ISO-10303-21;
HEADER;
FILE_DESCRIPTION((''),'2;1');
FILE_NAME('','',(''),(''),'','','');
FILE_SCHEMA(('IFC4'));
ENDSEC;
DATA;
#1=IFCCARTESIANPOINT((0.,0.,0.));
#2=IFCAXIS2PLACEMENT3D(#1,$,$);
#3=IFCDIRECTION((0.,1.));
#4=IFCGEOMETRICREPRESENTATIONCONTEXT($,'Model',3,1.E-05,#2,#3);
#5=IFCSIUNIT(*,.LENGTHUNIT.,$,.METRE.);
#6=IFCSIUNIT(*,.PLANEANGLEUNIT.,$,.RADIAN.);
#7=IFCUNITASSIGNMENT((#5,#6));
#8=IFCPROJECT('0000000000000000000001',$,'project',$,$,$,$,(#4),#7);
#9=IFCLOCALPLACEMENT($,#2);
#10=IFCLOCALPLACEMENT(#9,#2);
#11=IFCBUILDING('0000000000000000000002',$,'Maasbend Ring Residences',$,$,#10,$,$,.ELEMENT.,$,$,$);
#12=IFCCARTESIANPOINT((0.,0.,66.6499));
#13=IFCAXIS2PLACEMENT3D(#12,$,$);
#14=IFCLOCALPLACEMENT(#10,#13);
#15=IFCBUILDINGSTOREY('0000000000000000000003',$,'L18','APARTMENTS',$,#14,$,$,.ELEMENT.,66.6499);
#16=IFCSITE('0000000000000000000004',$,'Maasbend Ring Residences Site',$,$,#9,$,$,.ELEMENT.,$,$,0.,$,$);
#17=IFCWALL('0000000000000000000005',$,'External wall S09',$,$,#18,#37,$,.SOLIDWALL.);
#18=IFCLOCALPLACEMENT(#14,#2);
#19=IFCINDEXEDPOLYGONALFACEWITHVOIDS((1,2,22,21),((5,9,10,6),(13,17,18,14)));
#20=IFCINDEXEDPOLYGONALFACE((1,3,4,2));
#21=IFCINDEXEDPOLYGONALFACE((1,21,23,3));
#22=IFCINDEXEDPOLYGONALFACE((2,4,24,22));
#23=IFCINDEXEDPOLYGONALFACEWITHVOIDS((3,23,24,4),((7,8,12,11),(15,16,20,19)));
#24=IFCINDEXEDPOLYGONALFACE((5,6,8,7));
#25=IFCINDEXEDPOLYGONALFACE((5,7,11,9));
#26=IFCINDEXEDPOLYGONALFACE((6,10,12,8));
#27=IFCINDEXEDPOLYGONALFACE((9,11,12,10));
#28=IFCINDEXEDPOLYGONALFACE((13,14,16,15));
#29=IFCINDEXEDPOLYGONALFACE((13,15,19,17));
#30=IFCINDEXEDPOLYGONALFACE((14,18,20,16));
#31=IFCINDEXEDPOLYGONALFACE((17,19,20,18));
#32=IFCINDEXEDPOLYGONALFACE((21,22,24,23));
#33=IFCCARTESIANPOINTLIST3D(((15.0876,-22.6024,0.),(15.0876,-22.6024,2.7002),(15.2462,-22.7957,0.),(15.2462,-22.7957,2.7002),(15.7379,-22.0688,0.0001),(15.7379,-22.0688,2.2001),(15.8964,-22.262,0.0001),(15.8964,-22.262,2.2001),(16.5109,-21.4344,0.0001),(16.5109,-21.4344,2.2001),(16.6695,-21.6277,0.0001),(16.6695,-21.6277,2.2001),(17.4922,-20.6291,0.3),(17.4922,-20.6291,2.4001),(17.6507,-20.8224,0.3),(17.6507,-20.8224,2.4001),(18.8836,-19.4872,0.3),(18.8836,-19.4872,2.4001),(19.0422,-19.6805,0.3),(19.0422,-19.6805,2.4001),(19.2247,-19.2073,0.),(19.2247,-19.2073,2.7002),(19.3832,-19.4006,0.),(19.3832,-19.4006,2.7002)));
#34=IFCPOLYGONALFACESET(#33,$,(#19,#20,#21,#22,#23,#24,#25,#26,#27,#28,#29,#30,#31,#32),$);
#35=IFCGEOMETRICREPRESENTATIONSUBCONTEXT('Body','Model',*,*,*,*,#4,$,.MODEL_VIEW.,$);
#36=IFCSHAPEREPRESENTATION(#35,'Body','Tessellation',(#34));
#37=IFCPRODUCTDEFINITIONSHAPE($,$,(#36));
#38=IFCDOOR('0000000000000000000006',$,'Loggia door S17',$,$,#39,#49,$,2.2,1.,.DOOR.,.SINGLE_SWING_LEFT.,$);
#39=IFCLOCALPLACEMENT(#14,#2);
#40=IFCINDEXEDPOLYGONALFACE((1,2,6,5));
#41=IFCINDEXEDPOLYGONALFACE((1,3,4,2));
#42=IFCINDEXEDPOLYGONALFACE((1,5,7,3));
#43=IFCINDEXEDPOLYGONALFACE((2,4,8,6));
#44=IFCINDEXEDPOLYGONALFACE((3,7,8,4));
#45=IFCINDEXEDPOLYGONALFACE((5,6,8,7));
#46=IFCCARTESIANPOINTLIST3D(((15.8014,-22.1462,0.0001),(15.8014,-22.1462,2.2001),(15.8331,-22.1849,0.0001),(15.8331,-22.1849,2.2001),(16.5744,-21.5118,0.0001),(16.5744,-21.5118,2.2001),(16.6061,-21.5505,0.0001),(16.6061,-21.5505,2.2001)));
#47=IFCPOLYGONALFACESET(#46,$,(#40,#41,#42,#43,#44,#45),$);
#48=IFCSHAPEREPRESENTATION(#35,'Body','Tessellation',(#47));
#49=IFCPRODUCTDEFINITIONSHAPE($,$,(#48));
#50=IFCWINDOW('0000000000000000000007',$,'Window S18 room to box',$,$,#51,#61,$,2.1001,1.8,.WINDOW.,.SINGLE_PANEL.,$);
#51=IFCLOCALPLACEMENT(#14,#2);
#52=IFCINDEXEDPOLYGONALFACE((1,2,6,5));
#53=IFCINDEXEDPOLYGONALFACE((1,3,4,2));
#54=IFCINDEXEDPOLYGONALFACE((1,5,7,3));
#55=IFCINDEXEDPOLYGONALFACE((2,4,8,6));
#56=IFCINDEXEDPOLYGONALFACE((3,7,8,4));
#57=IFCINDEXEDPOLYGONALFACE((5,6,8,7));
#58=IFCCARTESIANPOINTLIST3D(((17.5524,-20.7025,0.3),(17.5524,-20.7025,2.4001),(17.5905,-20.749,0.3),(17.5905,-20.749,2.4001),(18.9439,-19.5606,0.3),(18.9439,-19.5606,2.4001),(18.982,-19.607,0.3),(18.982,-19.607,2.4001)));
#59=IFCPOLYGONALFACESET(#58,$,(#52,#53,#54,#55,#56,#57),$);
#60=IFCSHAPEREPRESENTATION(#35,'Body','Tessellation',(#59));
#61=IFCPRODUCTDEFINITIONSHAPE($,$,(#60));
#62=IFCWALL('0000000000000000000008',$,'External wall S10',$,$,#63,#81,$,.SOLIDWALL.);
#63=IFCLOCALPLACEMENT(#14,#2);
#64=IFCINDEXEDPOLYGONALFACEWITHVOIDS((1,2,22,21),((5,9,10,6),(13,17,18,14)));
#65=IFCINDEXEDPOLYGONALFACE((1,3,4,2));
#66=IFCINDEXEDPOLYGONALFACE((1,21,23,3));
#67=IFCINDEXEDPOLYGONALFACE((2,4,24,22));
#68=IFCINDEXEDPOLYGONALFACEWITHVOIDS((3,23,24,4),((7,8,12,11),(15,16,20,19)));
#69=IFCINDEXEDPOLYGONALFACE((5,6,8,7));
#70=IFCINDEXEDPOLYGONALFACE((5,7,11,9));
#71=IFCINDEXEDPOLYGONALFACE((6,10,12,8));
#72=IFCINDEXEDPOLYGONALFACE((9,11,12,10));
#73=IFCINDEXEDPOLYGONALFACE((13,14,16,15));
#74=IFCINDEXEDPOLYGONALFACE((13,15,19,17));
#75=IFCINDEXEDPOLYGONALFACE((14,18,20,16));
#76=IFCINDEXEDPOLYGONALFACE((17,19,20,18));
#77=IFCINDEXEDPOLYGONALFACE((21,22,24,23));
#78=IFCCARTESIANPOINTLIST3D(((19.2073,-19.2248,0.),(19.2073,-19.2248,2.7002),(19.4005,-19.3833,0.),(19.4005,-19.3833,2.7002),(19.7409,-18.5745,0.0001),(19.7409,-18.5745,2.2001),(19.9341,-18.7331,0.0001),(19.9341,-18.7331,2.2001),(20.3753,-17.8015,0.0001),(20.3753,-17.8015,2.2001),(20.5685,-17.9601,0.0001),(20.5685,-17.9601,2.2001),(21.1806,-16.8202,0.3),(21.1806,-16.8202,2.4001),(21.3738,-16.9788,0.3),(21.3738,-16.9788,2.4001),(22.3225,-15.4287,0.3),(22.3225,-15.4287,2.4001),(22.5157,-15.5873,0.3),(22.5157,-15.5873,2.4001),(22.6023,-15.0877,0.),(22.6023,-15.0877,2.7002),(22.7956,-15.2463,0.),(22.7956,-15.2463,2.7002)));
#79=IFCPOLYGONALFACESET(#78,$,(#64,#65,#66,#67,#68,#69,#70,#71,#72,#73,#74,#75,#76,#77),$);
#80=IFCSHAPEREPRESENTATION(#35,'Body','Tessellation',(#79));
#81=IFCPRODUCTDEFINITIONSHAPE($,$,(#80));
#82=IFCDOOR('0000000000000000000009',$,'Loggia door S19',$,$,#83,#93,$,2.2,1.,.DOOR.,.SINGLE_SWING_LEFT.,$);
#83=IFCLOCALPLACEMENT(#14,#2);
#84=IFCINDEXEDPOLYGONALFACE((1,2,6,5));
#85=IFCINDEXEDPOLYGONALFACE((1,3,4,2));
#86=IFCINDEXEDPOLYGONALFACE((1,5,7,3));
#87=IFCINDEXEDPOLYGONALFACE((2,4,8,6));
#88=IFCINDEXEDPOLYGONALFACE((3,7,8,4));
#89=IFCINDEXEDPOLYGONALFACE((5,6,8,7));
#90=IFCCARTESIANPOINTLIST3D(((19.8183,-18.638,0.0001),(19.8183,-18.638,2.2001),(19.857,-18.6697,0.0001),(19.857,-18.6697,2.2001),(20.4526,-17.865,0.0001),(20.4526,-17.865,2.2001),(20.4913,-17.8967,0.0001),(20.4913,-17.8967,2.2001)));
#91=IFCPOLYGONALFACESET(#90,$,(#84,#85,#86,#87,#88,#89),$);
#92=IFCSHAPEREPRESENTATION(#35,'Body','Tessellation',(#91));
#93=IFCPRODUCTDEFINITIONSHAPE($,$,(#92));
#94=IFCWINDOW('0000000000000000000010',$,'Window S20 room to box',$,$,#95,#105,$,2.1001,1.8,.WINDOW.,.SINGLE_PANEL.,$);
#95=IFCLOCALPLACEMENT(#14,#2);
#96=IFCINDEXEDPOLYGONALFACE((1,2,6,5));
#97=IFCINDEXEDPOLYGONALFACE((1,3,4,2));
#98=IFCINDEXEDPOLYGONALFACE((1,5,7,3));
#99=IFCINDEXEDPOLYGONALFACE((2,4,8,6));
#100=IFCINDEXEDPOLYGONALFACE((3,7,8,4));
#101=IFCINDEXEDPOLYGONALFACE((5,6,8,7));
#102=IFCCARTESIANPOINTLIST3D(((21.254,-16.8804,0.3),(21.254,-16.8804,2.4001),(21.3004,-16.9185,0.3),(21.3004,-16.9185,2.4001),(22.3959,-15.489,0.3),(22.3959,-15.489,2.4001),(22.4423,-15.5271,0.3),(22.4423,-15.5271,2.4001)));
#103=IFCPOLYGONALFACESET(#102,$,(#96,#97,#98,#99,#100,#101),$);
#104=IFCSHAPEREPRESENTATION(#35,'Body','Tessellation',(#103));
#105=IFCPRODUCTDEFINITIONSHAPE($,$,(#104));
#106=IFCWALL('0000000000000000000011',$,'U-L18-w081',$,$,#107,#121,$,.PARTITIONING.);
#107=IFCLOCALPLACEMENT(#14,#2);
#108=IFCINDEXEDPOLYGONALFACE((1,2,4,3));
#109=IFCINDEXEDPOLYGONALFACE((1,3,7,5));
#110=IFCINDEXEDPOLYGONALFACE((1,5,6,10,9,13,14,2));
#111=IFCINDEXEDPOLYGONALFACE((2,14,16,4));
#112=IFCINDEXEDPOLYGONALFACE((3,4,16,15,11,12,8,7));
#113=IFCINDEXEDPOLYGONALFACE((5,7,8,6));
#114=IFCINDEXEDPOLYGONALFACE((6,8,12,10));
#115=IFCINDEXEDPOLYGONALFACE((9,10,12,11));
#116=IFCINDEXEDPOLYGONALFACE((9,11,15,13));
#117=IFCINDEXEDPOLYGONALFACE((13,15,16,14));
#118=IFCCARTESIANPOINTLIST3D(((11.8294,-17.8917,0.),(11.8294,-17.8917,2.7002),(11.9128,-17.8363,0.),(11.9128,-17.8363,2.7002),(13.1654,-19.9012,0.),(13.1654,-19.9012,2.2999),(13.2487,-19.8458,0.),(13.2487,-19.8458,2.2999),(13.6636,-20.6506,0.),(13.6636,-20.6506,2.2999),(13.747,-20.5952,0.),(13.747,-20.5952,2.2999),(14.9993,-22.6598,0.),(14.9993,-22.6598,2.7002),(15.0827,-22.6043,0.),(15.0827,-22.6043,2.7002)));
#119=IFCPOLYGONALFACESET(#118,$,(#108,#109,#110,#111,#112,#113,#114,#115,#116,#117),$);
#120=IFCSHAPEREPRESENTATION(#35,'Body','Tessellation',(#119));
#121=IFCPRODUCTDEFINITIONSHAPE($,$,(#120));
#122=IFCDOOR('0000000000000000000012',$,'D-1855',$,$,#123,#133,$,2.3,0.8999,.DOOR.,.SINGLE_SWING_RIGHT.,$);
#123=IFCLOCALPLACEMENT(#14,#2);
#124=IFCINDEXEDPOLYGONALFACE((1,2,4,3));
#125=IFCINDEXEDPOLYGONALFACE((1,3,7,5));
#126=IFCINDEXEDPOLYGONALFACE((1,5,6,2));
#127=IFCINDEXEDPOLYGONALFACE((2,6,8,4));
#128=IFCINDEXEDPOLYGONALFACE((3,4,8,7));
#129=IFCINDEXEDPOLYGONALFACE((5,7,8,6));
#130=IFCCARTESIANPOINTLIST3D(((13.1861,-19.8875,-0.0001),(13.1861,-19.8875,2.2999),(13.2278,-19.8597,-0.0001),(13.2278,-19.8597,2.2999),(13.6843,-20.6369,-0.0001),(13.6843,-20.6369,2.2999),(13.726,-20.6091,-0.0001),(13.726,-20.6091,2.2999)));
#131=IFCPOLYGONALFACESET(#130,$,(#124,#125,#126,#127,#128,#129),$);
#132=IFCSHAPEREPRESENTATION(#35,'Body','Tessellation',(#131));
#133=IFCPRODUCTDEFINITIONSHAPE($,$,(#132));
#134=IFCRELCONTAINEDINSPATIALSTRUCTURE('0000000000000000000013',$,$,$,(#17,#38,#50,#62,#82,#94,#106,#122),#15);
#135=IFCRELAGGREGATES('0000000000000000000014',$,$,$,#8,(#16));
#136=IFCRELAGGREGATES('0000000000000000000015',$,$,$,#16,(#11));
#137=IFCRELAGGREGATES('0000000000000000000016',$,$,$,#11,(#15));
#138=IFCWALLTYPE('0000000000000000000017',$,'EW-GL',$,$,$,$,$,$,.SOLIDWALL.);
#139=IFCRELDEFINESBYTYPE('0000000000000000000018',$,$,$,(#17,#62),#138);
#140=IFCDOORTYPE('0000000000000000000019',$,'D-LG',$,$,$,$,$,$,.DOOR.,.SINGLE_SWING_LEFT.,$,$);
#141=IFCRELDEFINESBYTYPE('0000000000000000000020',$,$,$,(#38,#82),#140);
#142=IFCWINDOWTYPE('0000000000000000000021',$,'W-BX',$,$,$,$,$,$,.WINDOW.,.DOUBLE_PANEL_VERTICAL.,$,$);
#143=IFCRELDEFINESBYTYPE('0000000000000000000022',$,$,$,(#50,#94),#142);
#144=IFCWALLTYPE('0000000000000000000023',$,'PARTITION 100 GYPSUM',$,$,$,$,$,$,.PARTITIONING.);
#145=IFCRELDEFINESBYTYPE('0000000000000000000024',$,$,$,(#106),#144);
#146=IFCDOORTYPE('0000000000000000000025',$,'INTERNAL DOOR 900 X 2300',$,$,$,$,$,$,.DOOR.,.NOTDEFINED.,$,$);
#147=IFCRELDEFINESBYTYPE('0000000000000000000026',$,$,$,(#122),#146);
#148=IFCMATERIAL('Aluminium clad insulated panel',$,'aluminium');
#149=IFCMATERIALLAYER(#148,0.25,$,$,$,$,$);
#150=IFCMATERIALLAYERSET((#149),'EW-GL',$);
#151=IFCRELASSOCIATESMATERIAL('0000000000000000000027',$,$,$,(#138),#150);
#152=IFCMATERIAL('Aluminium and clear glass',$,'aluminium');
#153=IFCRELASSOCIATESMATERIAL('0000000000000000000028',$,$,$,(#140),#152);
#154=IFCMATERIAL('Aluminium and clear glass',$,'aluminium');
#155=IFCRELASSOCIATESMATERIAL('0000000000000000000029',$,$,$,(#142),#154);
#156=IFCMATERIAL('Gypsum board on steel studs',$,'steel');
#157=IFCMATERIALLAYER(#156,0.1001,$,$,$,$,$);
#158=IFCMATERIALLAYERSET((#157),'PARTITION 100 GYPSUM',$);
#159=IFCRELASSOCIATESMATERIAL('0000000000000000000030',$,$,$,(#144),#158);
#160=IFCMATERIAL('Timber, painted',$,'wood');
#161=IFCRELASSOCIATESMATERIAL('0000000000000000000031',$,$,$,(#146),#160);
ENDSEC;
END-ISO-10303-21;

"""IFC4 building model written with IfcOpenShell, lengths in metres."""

from ifc_helpers import new_model, si_unit, direction, frame, frame_2d, origin, place, context, subcontext, project, spatial, rectangle, extrude, material, layer, layer_set, type_object, element, fill, save


model = new_model("IFC4")

# Units and contexts
model_context = context("Model", 3, precision=1e-05, world=origin(), true_north=direction((0.0, 1.0)))
body_context = subcontext(model_context, "Body", "Model", "MODEL_VIEW")
ifc_project = project(units=[si_unit("LENGTHUNIT", "METRE"), si_unit("PLANEANGLEUNIT", "RADIAN")], contexts=[model_context])

# Site, building, storey
site_placement = place(None, origin())
site = spatial("IfcSite", under=ifc_project, at=site_placement, Name="Maasbend Ring Residences Site", CompositionType="ELEMENT", RefElevation=0.0)
building_placement = place(site_placement, origin())
building = spatial("IfcBuilding", under=site, at=building_placement, Name="Maasbend Ring Residences", CompositionType="ELEMENT")
storey_placement = place(building_placement, frame((0.0, 0.0, 66.6499)))
storey = spatial("IfcBuildingStorey", under=building, at=storey_placement, Name="L18", Description="APARTMENTS", CompositionType="ELEMENT", Elevation=66.6499)

# Walls, openings, doors, windows
ifc_material_1 = material(Name="Aluminium clad insulated panel", Category="aluminium")
ifc_layer_1 = layer(ifc_material_1, 0.25)
ifc_layer_set_1 = layer_set([ifc_layer_1], Name="EW-GL")
wall_type_1 = type_object("IfcWallType", Name="EW-GL", PredefinedType="SOLIDWALL", material=ifc_layer_set_1)
wall_1_placement = place(storey_placement, frame((15.167, -22.699, 0.0), z_axis=(0.0, 0.0, 1.0), x_axis=(0.773019, 0.634382, 0.0)))
wall_1 = element("IfcWall", 1, at=wall_1_placement, inside=storey, type_object=wall_type_1, Name="External wall S09", PredefinedType="SOLIDWALL", context=body_context, shape_type="SweptSolid", body=[
    extrude(rectangle(XDim=5.3518, YDim=0.25, at=frame_2d((2.6758, 0.0))), origin(), (0.0, 0.0, 1.0), 2.7002),
])
opening_1_placement = place(wall_1_placement, frame((0.8411, 0.0, 0.0)))
opening_1 = element("IfcOpeningElement", 2, at=opening_1_placement, cuts=wall_1, PredefinedType="OPENING", context=body_context, shape_type="SweptSolid", body=[
    extrude(rectangle(XDim=1.0, YDim=2.2, at=frame_2d((0.5, 1.1001))), frame((0.0, 0.135, 0.0), z_axis=(0.0, -1.0, 0.0), x_axis=(1.0, 0.0, 0.0)), (0.0, 0.0, 1.0), 0.27),
])
opening_2_placement = place(wall_1_placement, frame((3.1106, 0.0, 0.3)))
opening_2 = element("IfcOpeningElement", 3, at=opening_2_placement, cuts=wall_1, PredefinedType="OPENING", context=body_context, shape_type="SweptSolid", body=[
    extrude(rectangle(XDim=1.8, YDim=2.1001, at=frame_2d((0.8999, 1.05))), frame((0.0, 0.135, 0.0), z_axis=(0.0, -1.0, 0.0), x_axis=(1.0, 0.0, 0.0)), (0.0, 0.0, 1.0), 0.27),
])
ifc_material_2 = material(Name="Aluminium and clear glass", Category="aluminium")
door_type_1 = type_object("IfcDoorType", Name="D-LG", OperationType="SINGLE_SWING_LEFT", PredefinedType="DOOR", material=ifc_material_2)
door_1_placement = place(opening_1_placement, origin())
door_1 = element("IfcDoor", 4, at=door_1_placement, inside=storey, type_object=door_type_1, Name="Loggia door S17", OperationType="SINGLE_SWING_LEFT", OverallHeight=2.2, OverallWidth=1.0, PredefinedType="DOOR", context=body_context, shape_type="SweptSolid", body=[
    extrude(rectangle(XDim=1.0, YDim=2.2, at=frame_2d((0.5, 1.1001))), frame((0.0, 0.0249, 0.0), z_axis=(0.0, -1.0, 0.0), x_axis=(1.0, 0.0, 0.0)), (0.0, 0.0, 1.0), 0.05),
])
fill(opening_1, door_1)
ifc_material_3 = material(Name="Aluminium and clear glass", Category="aluminium")
window_type_1 = type_object("IfcWindowType", Name="W-BX", PartitioningType="DOUBLE_PANEL_VERTICAL", PredefinedType="WINDOW", material=ifc_material_3)
window_1_placement = place(opening_2_placement, origin())
window_1 = element("IfcWindow", 5, at=window_1_placement, inside=storey, type_object=window_type_1, Name="Window S18 room to box", OverallHeight=2.1001, OverallWidth=1.8, PartitioningType="SINGLE_PANEL", PredefinedType="WINDOW", context=body_context, shape_type="SweptSolid", body=[
    extrude(rectangle(XDim=1.8, YDim=2.1001, at=frame_2d((0.8999, 1.05))), frame((0.0, 0.03, 0.0), z_axis=(0.0, -1.0, 0.0), x_axis=(1.0, 0.0, 0.0)), (0.0, 0.0, 1.0), 0.0601),
])
fill(opening_2, window_1)
wall_2_placement = place(storey_placement, frame((19.304, -19.304, 0.0), z_axis=(0.0, 0.0, 1.0), x_axis=(0.634382, 0.773019, 0.0)))
wall_2 = element("IfcWall", 6, at=wall_2_placement, inside=storey, type_object=wall_type_1, Name="External wall S10", PredefinedType="SOLIDWALL", context=body_context, shape_type="SweptSolid", body=[
    extrude(rectangle(XDim=5.3518, YDim=0.25, at=frame_2d((2.6758, 0.0))), origin(), (0.0, 0.0, 1.0), 2.7002),
])
opening_3_placement = place(wall_2_placement, frame((0.8411, 0.0, 0.0)))
opening_3 = element("IfcOpeningElement", 7, at=opening_3_placement, cuts=wall_2, PredefinedType="OPENING", context=body_context, shape_type="SweptSolid", body=[
    extrude(rectangle(XDim=1.0, YDim=2.2, at=frame_2d((0.5, 1.1001))), frame((0.0, 0.135, 0.0), z_axis=(0.0, -1.0, 0.0), x_axis=(1.0, 0.0, 0.0)), (0.0, 0.0, 1.0), 0.27),
])
opening_4_placement = place(wall_2_placement, frame((3.1106, 0.0, 0.3)))
opening_4 = element("IfcOpeningElement", 8, at=opening_4_placement, cuts=wall_2, PredefinedType="OPENING", context=body_context, shape_type="SweptSolid", body=[
    extrude(rectangle(XDim=1.8, YDim=2.1001, at=frame_2d((0.8999, 1.05))), frame((0.0, 0.135, 0.0), z_axis=(0.0, -1.0, 0.0), x_axis=(1.0, 0.0, 0.0)), (0.0, 0.0, 1.0), 0.27),
])
door_2_placement = place(opening_3_placement, origin())
door_2 = element("IfcDoor", 9, at=door_2_placement, inside=storey, type_object=door_type_1, Name="Loggia door S19", OperationType="SINGLE_SWING_LEFT", OverallHeight=2.2, OverallWidth=1.0, PredefinedType="DOOR", context=body_context, shape_type="SweptSolid", body=[
    extrude(rectangle(XDim=1.0, YDim=2.2, at=frame_2d((0.5, 1.1001))), frame((0.0, 0.0249, 0.0), z_axis=(0.0, -1.0, 0.0), x_axis=(1.0, 0.0, 0.0)), (0.0, 0.0, 1.0), 0.05),
])
fill(opening_3, door_2)
window_2_placement = place(opening_4_placement, origin())
window_2 = element("IfcWindow", 10, at=window_2_placement, inside=storey, type_object=window_type_1, Name="Window S20 room to box", OverallHeight=2.1001, OverallWidth=1.8, PartitioningType="SINGLE_PANEL", PredefinedType="WINDOW", context=body_context, shape_type="SweptSolid", body=[
    extrude(rectangle(XDim=1.8, YDim=2.1001, at=frame_2d((0.8999, 1.05))), frame((0.0, 0.03, 0.0), z_axis=(0.0, -1.0, 0.0), x_axis=(1.0, 0.0, 0.0)), (0.0, 0.0, 1.0), 0.0601),
])
fill(opening_4, window_2)

# Wall, opening, door
ifc_material_4 = material(Name="Gypsum board on steel studs", Category="steel")
ifc_layer_2 = layer(ifc_material_4, 0.1001)
ifc_layer_set_2 = layer_set([ifc_layer_2], Name="PARTITION 100 GYPSUM")
wall_type_2 = type_object("IfcWallType", Name="PARTITION 100 GYPSUM", PredefinedType="PARTITIONING", material=ifc_layer_set_2)
wall_3_placement = place(storey_placement, frame((11.8711, -17.864, 0.0), z_axis=(0.0, 0.0, 1.0), x_axis=(0.553637, -0.832758, 0.0)))
wall_3 = element("IfcWall", 11, at=wall_3_placement, inside=storey, type_object=wall_type_2, Name="U-L18-w081", PredefinedType="PARTITIONING", context=body_context, shape_type="SweptSolid", body=[
    extrude(rectangle(XDim=5.7256, YDim=0.1001, at=frame_2d((2.8628, 0.0))), origin(), (0.0, 0.0, 1.0), 2.7002),
])
opening_5_placement = place(wall_3_placement, frame((2.4131, 0.0, 0.0)))
opening_5 = element("IfcOpeningElement", 12, at=opening_5_placement, cuts=wall_3, PredefinedType="OPENING", context=body_context, shape_type="SweptSolid", body=[
    extrude(rectangle(XDim=0.8999, YDim=2.3, at=frame_2d((0.45, 1.1499))), frame((0.0, 0.0601, 0.0), z_axis=(0.0, -1.0, 0.0), x_axis=(1.0, 0.0, 0.0)), (0.0, 0.0, 1.0), 0.1201),
])
ifc_material_5 = material(Name="Timber, painted", Category="wood")
door_type_2 = type_object("IfcDoorType", Name="INTERNAL DOOR 900 X 2300", OperationType="NOTDEFINED", PredefinedType="DOOR", material=ifc_material_5)
door_3_placement = place(opening_5_placement, origin())
door_3 = element("IfcDoor", 13, at=door_3_placement, inside=storey, type_object=door_type_2, Name="D-1855", OperationType="SINGLE_SWING_RIGHT", OverallHeight=2.3, OverallWidth=0.8999, PredefinedType="DOOR", context=body_context, shape_type="SweptSolid", body=[
    extrude(rectangle(XDim=0.8999, YDim=2.3, at=frame_2d((0.45, 1.1499))), frame((0.0, 0.0249, 0.0), z_axis=(0.0, -1.0, 0.0), x_axis=(1.0, 0.0, 0.0)), (0.0, 0.0, 1.0), 0.05),
])
fill(opening_5, door_3)

save(model, "model.ifc")
